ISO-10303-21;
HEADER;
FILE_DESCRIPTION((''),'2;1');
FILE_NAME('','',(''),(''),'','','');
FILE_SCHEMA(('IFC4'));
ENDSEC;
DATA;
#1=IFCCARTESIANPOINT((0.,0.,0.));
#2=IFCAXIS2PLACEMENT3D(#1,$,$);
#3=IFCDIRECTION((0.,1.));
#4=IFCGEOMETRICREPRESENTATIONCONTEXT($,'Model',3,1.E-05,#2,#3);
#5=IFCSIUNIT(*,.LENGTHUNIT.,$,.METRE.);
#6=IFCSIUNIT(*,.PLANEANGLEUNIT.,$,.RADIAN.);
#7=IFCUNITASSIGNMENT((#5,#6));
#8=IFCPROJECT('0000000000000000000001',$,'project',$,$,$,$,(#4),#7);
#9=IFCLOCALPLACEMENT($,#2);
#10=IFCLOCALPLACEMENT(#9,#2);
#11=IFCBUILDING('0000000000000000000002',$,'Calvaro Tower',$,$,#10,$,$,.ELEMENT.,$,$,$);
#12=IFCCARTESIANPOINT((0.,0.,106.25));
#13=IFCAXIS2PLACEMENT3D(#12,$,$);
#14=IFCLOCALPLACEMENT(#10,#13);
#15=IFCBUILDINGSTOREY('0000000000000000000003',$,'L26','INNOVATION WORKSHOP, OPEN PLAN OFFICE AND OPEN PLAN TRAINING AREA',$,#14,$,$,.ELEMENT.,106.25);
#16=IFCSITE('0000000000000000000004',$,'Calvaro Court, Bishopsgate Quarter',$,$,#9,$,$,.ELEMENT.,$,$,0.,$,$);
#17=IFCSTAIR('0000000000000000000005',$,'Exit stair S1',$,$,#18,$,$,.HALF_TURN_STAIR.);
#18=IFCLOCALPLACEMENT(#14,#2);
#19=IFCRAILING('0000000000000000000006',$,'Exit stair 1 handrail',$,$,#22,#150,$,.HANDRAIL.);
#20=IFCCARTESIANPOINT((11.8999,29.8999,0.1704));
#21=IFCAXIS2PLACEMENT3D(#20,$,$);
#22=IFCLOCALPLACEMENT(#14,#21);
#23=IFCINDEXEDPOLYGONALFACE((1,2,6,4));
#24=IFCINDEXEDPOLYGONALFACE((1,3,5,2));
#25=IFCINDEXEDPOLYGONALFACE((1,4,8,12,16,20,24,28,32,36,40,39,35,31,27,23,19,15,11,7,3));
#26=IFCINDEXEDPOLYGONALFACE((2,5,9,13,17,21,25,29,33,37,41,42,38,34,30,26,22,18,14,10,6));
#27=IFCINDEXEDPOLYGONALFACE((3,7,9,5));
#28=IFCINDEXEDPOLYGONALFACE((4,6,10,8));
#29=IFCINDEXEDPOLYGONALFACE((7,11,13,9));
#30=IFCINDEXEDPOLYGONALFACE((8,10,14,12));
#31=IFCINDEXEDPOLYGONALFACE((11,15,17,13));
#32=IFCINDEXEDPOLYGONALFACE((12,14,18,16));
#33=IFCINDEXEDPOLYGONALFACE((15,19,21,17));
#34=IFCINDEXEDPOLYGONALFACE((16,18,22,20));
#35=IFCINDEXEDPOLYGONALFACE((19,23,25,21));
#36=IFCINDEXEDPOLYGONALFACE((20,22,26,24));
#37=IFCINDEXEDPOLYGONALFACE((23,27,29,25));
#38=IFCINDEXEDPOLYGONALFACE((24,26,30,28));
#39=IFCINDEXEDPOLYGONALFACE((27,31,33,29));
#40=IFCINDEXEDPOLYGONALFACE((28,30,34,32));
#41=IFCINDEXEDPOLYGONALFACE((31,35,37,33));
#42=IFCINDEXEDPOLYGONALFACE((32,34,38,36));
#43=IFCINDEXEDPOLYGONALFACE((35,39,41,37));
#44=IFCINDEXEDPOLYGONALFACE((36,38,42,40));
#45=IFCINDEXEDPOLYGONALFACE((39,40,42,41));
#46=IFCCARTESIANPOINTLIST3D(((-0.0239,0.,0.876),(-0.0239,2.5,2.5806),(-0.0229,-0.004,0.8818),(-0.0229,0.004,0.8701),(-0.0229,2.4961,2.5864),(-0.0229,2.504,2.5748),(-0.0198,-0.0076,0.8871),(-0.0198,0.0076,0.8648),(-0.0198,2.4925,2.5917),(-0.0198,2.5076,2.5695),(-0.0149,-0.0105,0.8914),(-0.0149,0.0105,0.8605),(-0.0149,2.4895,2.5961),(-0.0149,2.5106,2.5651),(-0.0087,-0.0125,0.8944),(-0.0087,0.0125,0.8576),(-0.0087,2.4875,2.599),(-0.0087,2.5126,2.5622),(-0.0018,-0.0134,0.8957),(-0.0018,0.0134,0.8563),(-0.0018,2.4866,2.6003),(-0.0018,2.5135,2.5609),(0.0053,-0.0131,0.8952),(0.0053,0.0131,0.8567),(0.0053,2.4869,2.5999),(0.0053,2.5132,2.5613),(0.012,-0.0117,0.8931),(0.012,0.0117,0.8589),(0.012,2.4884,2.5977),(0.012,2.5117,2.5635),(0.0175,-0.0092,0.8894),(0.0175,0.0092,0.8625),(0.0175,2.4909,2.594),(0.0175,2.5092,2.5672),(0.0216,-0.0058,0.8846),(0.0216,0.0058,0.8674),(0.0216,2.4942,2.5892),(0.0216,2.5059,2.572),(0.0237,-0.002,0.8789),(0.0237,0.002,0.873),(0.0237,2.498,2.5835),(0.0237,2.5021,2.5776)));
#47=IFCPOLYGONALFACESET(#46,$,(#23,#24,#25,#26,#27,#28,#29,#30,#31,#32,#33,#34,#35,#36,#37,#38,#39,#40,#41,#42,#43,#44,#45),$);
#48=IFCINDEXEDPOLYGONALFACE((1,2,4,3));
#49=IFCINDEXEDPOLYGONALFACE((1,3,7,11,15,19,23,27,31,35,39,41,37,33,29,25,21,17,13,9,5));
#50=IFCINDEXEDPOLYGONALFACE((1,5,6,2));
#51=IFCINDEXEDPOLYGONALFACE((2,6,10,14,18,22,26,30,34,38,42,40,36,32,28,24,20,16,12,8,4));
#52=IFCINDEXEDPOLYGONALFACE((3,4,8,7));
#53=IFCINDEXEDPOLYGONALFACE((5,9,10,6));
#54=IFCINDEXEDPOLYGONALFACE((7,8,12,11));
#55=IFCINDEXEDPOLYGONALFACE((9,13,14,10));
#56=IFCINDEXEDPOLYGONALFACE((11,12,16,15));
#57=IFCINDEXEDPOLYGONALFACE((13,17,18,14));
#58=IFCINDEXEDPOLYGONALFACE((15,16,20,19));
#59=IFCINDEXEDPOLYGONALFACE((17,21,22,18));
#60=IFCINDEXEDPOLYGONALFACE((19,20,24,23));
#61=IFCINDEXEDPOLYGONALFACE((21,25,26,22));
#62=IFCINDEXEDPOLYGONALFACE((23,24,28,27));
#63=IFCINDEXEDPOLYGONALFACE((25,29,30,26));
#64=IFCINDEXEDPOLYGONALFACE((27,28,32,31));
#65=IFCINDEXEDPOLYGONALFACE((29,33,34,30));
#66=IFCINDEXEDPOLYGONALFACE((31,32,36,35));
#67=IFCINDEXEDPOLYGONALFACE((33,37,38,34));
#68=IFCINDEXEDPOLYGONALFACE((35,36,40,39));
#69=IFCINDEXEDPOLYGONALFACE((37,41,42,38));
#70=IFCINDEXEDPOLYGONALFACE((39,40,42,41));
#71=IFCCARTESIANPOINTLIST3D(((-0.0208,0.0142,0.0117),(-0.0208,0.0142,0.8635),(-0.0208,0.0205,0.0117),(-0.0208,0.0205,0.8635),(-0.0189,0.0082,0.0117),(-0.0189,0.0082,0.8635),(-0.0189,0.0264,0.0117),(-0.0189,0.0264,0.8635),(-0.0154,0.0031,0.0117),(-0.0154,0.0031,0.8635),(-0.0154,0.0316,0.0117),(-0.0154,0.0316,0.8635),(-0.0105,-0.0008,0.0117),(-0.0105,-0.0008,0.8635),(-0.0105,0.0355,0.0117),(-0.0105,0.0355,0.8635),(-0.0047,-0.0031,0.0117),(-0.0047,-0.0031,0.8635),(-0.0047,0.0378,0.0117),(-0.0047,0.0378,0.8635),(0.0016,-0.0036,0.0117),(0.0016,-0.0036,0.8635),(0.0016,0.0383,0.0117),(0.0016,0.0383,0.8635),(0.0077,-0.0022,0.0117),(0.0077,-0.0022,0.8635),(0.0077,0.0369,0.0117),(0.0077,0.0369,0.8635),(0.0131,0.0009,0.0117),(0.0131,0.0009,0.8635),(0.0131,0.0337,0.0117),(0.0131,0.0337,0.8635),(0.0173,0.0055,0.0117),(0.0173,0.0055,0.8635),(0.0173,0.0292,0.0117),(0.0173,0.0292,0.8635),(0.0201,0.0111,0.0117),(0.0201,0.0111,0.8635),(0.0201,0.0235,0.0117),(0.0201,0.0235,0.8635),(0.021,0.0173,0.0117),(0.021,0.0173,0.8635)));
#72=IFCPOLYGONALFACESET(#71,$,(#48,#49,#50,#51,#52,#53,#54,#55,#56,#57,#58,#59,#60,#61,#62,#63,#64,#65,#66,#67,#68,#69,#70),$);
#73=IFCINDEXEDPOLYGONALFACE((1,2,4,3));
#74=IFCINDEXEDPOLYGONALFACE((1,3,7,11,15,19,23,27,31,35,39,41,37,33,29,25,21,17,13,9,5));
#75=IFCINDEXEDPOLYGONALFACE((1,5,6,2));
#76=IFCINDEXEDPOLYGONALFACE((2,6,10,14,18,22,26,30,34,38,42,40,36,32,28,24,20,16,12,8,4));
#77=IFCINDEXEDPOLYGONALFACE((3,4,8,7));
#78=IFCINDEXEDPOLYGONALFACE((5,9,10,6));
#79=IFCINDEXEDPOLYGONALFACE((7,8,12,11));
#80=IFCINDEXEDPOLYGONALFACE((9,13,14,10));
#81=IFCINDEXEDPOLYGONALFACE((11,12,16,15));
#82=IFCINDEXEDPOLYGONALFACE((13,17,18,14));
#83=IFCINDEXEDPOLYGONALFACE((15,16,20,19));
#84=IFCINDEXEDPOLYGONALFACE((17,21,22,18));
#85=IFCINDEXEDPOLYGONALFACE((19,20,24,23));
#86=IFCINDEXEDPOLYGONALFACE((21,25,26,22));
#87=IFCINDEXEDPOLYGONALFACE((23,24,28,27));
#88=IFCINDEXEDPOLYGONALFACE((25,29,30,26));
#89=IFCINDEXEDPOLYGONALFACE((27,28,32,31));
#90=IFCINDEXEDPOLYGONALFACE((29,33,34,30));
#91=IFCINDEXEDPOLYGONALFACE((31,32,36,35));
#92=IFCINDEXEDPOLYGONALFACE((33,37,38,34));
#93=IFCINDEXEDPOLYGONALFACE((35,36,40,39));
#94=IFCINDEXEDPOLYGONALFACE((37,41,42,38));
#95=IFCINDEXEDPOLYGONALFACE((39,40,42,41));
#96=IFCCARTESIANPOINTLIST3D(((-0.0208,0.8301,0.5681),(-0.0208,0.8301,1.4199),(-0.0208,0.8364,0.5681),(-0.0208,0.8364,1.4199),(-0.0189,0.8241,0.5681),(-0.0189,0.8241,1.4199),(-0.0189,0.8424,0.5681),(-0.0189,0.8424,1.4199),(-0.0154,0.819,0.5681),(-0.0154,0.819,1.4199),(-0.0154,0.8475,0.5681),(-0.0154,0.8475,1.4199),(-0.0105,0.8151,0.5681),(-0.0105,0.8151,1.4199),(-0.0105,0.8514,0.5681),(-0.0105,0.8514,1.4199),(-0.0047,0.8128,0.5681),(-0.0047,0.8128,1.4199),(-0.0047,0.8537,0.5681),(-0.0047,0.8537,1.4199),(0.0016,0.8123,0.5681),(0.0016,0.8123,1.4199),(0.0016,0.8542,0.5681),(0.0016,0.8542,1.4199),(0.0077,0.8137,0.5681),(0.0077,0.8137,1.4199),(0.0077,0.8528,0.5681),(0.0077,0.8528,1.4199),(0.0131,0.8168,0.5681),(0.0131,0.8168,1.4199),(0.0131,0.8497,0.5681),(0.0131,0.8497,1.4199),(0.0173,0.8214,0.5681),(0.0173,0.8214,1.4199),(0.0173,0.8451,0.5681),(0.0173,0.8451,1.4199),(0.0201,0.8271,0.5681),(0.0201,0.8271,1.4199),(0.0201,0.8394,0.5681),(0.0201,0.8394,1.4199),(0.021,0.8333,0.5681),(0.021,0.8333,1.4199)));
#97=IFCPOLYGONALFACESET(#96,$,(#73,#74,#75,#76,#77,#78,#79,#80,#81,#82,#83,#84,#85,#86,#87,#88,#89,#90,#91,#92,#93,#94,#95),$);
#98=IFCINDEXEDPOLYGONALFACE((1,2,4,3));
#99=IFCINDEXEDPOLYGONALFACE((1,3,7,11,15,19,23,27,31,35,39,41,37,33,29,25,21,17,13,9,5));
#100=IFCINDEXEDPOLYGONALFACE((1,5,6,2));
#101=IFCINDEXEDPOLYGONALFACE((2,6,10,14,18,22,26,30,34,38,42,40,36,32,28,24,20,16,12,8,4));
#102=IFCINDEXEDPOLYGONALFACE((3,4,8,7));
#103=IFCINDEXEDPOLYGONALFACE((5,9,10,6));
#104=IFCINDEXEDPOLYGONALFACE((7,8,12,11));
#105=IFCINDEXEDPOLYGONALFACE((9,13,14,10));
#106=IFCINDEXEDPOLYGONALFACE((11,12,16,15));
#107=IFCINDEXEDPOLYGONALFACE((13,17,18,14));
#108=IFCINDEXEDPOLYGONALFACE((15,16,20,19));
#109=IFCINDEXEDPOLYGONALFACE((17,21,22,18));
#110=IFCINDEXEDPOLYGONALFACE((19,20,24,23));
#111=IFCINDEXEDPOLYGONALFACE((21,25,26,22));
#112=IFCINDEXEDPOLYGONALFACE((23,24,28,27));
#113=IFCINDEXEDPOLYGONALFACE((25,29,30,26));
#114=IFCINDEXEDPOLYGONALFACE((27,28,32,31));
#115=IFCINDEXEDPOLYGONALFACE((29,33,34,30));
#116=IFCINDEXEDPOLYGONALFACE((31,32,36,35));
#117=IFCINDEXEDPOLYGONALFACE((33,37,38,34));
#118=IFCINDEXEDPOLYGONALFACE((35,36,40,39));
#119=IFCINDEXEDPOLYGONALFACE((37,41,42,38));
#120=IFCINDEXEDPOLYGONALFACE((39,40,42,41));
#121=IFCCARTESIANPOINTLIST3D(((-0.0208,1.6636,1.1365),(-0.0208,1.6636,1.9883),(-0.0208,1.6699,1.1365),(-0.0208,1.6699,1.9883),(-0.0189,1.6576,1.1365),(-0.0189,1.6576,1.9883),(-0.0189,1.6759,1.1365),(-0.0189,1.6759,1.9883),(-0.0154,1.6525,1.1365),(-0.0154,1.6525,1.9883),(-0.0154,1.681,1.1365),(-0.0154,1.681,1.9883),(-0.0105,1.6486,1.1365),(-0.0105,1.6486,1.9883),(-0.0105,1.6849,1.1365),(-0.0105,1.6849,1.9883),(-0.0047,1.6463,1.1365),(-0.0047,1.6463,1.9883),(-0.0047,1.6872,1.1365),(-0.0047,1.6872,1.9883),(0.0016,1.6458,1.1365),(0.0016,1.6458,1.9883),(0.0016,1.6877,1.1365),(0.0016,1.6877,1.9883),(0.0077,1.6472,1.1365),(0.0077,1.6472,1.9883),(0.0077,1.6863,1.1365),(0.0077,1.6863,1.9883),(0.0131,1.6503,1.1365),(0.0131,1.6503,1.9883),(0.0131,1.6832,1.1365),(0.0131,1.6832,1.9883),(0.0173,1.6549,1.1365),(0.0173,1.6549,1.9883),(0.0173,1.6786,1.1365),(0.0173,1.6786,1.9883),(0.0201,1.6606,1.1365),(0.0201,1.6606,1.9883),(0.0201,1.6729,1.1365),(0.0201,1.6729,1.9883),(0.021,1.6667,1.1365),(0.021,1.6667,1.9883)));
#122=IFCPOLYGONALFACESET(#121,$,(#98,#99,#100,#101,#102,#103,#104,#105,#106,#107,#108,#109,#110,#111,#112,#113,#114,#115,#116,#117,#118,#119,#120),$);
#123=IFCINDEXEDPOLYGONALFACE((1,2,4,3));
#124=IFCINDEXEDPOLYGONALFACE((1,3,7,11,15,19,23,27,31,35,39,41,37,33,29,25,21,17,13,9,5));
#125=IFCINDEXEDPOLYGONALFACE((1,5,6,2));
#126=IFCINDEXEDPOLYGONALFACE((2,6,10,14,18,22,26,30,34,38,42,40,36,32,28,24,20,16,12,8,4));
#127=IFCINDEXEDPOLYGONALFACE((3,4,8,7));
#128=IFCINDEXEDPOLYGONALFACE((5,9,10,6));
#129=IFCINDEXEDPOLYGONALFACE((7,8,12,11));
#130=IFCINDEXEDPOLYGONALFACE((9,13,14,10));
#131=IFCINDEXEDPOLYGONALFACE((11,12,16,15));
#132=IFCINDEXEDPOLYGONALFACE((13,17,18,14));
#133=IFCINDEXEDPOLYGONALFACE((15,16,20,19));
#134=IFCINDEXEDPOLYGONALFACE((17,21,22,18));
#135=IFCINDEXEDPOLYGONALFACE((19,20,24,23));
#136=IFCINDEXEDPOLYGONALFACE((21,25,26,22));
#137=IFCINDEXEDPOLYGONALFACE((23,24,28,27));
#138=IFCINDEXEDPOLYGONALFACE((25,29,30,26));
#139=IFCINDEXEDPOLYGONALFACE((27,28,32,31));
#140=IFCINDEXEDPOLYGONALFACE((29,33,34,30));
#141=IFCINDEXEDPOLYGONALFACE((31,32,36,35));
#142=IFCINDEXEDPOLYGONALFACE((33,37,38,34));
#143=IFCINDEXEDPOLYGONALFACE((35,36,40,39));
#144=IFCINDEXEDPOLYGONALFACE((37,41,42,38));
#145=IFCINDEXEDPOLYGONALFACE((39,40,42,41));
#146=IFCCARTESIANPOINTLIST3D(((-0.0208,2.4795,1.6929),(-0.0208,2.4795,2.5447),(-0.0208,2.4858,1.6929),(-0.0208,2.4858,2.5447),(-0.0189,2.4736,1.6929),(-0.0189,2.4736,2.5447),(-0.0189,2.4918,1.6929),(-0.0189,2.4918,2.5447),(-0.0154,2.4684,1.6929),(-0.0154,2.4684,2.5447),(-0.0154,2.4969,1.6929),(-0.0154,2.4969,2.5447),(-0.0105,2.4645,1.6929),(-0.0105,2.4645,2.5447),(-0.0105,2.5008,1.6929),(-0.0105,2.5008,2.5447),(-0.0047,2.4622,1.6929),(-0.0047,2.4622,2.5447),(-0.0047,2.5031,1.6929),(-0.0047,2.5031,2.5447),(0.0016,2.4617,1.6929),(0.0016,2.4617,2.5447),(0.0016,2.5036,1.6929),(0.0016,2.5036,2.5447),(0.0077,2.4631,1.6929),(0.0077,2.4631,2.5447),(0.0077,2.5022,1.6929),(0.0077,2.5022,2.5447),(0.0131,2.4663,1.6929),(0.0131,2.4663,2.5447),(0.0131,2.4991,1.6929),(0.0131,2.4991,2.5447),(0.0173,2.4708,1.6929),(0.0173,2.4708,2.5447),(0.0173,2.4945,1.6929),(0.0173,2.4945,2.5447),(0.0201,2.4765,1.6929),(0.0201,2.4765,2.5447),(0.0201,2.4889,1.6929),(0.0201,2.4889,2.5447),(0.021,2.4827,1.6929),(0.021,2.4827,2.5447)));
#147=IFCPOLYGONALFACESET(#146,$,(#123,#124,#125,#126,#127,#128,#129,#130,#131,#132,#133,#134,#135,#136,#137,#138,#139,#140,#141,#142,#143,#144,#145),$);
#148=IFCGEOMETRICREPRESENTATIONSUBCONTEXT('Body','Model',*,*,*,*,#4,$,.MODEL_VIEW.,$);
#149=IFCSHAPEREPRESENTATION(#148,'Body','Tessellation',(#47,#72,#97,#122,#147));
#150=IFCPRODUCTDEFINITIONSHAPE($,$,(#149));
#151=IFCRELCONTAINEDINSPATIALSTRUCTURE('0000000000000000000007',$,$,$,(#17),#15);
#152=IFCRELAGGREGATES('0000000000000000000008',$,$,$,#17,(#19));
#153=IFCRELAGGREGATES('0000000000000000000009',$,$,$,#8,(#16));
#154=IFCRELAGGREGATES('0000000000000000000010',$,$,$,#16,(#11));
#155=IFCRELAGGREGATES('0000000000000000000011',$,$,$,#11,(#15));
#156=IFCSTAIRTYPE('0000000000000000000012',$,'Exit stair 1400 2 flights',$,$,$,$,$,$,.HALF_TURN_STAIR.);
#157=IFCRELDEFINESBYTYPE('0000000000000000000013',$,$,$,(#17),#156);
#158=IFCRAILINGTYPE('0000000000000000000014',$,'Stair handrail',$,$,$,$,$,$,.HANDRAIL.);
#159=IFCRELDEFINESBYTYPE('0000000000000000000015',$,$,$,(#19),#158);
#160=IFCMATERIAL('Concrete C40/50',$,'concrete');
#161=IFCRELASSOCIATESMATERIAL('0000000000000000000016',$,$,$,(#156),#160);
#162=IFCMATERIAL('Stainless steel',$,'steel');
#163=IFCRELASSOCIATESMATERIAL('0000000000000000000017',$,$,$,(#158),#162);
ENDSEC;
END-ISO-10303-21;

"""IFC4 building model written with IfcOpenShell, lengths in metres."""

from ifc_helpers import new_model, si_unit, direction, frame, origin, origin_2d, place, context, subcontext, project, spatial, circle, extrude, material, type_object, element, aggregate, save


model = new_model("IFC4")

# Units and contexts
model_context = context("Model", 3, precision=1e-05, world=origin(), true_north=direction((0.0, 1.0)))
body_context = subcontext(model_context, "Body", "Model", "MODEL_VIEW")
ifc_project = project(units=[si_unit("LENGTHUNIT", "METRE"), si_unit("PLANEANGLEUNIT", "RADIAN")], contexts=[model_context])

# Site, building, storey
site_placement = place(None, origin())
site = spatial("IfcSite", under=ifc_project, at=site_placement, Name="Calvaro Court, Bishopsgate Quarter", CompositionType="ELEMENT", RefElevation=0.0)
building_placement = place(site_placement, origin())
building = spatial("IfcBuilding", under=site, at=building_placement, Name="Calvaro Tower", CompositionType="ELEMENT")
storey_placement = place(building_placement, frame((0.0, 0.0, 106.25)))
storey = spatial("IfcBuildingStorey", under=building, at=storey_placement, Name="L26", Description="INNOVATION WORKSHOP, OPEN PLAN OFFICE AND OPEN PLAN TRAINING AREA", CompositionType="ELEMENT", Elevation=106.25)

# Stair, railing
ifc_material_1 = material(Name="Concrete C40/50", Category="concrete")
stair_type = type_object("IfcStairType", Name="Exit stair 1400 2 flights", PredefinedType="HALF_TURN_STAIR", material=ifc_material_1)
stair_placement = place(storey_placement, origin())
stair = element("IfcStair", 1, at=stair_placement, inside=storey, type_object=stair_type, Name="Exit stair S1", PredefinedType="HALF_TURN_STAIR")
ifc_material_2 = material(Name="Stainless steel", Category="steel")
railing_type = type_object("IfcRailingType", Name="Stair handrail", PredefinedType="HANDRAIL", material=ifc_material_2)
railing_1_placement = place(storey_placement, frame((11.8999, 29.8999, 0.1704)))
railing_1 = element("IfcRailing", 2, at=railing_1_placement, type_object=railing_type, Name="Exit stair 1 handrail", PredefinedType="HANDRAIL", context=body_context, shape_type="SweptSolid", body=[
    extrude(circle(Radius=0.0239, at=origin_2d()), frame((0.0, 0.0, 0.876), z_axis=(0.0, 0.826221, 0.563347), x_axis=(-1.0, 0.0, 0.0)), (0.0, 0.0, 1.0), 3.0259),
    extrude(circle(Radius=0.021, at=origin_2d()), frame((0.0, 0.0173, 0.0117)), (0.0, 0.0, 1.0), 0.8518),
    extrude(circle(Radius=0.021, at=origin_2d()), frame((0.0, 0.8333, 0.5681)), (0.0, 0.0, 1.0), 0.8518),
    extrude(circle(Radius=0.021, at=origin_2d()), frame((0.0, 1.6667, 1.1365)), (0.0, 0.0, 1.0), 0.8518),
    extrude(circle(Radius=0.021, at=origin_2d()), frame((0.0, 2.4827, 1.6929)), (0.0, 0.0, 1.0), 0.8518),
])
aggregate(stair, [railing_1])

save(model, "model.ifc")
